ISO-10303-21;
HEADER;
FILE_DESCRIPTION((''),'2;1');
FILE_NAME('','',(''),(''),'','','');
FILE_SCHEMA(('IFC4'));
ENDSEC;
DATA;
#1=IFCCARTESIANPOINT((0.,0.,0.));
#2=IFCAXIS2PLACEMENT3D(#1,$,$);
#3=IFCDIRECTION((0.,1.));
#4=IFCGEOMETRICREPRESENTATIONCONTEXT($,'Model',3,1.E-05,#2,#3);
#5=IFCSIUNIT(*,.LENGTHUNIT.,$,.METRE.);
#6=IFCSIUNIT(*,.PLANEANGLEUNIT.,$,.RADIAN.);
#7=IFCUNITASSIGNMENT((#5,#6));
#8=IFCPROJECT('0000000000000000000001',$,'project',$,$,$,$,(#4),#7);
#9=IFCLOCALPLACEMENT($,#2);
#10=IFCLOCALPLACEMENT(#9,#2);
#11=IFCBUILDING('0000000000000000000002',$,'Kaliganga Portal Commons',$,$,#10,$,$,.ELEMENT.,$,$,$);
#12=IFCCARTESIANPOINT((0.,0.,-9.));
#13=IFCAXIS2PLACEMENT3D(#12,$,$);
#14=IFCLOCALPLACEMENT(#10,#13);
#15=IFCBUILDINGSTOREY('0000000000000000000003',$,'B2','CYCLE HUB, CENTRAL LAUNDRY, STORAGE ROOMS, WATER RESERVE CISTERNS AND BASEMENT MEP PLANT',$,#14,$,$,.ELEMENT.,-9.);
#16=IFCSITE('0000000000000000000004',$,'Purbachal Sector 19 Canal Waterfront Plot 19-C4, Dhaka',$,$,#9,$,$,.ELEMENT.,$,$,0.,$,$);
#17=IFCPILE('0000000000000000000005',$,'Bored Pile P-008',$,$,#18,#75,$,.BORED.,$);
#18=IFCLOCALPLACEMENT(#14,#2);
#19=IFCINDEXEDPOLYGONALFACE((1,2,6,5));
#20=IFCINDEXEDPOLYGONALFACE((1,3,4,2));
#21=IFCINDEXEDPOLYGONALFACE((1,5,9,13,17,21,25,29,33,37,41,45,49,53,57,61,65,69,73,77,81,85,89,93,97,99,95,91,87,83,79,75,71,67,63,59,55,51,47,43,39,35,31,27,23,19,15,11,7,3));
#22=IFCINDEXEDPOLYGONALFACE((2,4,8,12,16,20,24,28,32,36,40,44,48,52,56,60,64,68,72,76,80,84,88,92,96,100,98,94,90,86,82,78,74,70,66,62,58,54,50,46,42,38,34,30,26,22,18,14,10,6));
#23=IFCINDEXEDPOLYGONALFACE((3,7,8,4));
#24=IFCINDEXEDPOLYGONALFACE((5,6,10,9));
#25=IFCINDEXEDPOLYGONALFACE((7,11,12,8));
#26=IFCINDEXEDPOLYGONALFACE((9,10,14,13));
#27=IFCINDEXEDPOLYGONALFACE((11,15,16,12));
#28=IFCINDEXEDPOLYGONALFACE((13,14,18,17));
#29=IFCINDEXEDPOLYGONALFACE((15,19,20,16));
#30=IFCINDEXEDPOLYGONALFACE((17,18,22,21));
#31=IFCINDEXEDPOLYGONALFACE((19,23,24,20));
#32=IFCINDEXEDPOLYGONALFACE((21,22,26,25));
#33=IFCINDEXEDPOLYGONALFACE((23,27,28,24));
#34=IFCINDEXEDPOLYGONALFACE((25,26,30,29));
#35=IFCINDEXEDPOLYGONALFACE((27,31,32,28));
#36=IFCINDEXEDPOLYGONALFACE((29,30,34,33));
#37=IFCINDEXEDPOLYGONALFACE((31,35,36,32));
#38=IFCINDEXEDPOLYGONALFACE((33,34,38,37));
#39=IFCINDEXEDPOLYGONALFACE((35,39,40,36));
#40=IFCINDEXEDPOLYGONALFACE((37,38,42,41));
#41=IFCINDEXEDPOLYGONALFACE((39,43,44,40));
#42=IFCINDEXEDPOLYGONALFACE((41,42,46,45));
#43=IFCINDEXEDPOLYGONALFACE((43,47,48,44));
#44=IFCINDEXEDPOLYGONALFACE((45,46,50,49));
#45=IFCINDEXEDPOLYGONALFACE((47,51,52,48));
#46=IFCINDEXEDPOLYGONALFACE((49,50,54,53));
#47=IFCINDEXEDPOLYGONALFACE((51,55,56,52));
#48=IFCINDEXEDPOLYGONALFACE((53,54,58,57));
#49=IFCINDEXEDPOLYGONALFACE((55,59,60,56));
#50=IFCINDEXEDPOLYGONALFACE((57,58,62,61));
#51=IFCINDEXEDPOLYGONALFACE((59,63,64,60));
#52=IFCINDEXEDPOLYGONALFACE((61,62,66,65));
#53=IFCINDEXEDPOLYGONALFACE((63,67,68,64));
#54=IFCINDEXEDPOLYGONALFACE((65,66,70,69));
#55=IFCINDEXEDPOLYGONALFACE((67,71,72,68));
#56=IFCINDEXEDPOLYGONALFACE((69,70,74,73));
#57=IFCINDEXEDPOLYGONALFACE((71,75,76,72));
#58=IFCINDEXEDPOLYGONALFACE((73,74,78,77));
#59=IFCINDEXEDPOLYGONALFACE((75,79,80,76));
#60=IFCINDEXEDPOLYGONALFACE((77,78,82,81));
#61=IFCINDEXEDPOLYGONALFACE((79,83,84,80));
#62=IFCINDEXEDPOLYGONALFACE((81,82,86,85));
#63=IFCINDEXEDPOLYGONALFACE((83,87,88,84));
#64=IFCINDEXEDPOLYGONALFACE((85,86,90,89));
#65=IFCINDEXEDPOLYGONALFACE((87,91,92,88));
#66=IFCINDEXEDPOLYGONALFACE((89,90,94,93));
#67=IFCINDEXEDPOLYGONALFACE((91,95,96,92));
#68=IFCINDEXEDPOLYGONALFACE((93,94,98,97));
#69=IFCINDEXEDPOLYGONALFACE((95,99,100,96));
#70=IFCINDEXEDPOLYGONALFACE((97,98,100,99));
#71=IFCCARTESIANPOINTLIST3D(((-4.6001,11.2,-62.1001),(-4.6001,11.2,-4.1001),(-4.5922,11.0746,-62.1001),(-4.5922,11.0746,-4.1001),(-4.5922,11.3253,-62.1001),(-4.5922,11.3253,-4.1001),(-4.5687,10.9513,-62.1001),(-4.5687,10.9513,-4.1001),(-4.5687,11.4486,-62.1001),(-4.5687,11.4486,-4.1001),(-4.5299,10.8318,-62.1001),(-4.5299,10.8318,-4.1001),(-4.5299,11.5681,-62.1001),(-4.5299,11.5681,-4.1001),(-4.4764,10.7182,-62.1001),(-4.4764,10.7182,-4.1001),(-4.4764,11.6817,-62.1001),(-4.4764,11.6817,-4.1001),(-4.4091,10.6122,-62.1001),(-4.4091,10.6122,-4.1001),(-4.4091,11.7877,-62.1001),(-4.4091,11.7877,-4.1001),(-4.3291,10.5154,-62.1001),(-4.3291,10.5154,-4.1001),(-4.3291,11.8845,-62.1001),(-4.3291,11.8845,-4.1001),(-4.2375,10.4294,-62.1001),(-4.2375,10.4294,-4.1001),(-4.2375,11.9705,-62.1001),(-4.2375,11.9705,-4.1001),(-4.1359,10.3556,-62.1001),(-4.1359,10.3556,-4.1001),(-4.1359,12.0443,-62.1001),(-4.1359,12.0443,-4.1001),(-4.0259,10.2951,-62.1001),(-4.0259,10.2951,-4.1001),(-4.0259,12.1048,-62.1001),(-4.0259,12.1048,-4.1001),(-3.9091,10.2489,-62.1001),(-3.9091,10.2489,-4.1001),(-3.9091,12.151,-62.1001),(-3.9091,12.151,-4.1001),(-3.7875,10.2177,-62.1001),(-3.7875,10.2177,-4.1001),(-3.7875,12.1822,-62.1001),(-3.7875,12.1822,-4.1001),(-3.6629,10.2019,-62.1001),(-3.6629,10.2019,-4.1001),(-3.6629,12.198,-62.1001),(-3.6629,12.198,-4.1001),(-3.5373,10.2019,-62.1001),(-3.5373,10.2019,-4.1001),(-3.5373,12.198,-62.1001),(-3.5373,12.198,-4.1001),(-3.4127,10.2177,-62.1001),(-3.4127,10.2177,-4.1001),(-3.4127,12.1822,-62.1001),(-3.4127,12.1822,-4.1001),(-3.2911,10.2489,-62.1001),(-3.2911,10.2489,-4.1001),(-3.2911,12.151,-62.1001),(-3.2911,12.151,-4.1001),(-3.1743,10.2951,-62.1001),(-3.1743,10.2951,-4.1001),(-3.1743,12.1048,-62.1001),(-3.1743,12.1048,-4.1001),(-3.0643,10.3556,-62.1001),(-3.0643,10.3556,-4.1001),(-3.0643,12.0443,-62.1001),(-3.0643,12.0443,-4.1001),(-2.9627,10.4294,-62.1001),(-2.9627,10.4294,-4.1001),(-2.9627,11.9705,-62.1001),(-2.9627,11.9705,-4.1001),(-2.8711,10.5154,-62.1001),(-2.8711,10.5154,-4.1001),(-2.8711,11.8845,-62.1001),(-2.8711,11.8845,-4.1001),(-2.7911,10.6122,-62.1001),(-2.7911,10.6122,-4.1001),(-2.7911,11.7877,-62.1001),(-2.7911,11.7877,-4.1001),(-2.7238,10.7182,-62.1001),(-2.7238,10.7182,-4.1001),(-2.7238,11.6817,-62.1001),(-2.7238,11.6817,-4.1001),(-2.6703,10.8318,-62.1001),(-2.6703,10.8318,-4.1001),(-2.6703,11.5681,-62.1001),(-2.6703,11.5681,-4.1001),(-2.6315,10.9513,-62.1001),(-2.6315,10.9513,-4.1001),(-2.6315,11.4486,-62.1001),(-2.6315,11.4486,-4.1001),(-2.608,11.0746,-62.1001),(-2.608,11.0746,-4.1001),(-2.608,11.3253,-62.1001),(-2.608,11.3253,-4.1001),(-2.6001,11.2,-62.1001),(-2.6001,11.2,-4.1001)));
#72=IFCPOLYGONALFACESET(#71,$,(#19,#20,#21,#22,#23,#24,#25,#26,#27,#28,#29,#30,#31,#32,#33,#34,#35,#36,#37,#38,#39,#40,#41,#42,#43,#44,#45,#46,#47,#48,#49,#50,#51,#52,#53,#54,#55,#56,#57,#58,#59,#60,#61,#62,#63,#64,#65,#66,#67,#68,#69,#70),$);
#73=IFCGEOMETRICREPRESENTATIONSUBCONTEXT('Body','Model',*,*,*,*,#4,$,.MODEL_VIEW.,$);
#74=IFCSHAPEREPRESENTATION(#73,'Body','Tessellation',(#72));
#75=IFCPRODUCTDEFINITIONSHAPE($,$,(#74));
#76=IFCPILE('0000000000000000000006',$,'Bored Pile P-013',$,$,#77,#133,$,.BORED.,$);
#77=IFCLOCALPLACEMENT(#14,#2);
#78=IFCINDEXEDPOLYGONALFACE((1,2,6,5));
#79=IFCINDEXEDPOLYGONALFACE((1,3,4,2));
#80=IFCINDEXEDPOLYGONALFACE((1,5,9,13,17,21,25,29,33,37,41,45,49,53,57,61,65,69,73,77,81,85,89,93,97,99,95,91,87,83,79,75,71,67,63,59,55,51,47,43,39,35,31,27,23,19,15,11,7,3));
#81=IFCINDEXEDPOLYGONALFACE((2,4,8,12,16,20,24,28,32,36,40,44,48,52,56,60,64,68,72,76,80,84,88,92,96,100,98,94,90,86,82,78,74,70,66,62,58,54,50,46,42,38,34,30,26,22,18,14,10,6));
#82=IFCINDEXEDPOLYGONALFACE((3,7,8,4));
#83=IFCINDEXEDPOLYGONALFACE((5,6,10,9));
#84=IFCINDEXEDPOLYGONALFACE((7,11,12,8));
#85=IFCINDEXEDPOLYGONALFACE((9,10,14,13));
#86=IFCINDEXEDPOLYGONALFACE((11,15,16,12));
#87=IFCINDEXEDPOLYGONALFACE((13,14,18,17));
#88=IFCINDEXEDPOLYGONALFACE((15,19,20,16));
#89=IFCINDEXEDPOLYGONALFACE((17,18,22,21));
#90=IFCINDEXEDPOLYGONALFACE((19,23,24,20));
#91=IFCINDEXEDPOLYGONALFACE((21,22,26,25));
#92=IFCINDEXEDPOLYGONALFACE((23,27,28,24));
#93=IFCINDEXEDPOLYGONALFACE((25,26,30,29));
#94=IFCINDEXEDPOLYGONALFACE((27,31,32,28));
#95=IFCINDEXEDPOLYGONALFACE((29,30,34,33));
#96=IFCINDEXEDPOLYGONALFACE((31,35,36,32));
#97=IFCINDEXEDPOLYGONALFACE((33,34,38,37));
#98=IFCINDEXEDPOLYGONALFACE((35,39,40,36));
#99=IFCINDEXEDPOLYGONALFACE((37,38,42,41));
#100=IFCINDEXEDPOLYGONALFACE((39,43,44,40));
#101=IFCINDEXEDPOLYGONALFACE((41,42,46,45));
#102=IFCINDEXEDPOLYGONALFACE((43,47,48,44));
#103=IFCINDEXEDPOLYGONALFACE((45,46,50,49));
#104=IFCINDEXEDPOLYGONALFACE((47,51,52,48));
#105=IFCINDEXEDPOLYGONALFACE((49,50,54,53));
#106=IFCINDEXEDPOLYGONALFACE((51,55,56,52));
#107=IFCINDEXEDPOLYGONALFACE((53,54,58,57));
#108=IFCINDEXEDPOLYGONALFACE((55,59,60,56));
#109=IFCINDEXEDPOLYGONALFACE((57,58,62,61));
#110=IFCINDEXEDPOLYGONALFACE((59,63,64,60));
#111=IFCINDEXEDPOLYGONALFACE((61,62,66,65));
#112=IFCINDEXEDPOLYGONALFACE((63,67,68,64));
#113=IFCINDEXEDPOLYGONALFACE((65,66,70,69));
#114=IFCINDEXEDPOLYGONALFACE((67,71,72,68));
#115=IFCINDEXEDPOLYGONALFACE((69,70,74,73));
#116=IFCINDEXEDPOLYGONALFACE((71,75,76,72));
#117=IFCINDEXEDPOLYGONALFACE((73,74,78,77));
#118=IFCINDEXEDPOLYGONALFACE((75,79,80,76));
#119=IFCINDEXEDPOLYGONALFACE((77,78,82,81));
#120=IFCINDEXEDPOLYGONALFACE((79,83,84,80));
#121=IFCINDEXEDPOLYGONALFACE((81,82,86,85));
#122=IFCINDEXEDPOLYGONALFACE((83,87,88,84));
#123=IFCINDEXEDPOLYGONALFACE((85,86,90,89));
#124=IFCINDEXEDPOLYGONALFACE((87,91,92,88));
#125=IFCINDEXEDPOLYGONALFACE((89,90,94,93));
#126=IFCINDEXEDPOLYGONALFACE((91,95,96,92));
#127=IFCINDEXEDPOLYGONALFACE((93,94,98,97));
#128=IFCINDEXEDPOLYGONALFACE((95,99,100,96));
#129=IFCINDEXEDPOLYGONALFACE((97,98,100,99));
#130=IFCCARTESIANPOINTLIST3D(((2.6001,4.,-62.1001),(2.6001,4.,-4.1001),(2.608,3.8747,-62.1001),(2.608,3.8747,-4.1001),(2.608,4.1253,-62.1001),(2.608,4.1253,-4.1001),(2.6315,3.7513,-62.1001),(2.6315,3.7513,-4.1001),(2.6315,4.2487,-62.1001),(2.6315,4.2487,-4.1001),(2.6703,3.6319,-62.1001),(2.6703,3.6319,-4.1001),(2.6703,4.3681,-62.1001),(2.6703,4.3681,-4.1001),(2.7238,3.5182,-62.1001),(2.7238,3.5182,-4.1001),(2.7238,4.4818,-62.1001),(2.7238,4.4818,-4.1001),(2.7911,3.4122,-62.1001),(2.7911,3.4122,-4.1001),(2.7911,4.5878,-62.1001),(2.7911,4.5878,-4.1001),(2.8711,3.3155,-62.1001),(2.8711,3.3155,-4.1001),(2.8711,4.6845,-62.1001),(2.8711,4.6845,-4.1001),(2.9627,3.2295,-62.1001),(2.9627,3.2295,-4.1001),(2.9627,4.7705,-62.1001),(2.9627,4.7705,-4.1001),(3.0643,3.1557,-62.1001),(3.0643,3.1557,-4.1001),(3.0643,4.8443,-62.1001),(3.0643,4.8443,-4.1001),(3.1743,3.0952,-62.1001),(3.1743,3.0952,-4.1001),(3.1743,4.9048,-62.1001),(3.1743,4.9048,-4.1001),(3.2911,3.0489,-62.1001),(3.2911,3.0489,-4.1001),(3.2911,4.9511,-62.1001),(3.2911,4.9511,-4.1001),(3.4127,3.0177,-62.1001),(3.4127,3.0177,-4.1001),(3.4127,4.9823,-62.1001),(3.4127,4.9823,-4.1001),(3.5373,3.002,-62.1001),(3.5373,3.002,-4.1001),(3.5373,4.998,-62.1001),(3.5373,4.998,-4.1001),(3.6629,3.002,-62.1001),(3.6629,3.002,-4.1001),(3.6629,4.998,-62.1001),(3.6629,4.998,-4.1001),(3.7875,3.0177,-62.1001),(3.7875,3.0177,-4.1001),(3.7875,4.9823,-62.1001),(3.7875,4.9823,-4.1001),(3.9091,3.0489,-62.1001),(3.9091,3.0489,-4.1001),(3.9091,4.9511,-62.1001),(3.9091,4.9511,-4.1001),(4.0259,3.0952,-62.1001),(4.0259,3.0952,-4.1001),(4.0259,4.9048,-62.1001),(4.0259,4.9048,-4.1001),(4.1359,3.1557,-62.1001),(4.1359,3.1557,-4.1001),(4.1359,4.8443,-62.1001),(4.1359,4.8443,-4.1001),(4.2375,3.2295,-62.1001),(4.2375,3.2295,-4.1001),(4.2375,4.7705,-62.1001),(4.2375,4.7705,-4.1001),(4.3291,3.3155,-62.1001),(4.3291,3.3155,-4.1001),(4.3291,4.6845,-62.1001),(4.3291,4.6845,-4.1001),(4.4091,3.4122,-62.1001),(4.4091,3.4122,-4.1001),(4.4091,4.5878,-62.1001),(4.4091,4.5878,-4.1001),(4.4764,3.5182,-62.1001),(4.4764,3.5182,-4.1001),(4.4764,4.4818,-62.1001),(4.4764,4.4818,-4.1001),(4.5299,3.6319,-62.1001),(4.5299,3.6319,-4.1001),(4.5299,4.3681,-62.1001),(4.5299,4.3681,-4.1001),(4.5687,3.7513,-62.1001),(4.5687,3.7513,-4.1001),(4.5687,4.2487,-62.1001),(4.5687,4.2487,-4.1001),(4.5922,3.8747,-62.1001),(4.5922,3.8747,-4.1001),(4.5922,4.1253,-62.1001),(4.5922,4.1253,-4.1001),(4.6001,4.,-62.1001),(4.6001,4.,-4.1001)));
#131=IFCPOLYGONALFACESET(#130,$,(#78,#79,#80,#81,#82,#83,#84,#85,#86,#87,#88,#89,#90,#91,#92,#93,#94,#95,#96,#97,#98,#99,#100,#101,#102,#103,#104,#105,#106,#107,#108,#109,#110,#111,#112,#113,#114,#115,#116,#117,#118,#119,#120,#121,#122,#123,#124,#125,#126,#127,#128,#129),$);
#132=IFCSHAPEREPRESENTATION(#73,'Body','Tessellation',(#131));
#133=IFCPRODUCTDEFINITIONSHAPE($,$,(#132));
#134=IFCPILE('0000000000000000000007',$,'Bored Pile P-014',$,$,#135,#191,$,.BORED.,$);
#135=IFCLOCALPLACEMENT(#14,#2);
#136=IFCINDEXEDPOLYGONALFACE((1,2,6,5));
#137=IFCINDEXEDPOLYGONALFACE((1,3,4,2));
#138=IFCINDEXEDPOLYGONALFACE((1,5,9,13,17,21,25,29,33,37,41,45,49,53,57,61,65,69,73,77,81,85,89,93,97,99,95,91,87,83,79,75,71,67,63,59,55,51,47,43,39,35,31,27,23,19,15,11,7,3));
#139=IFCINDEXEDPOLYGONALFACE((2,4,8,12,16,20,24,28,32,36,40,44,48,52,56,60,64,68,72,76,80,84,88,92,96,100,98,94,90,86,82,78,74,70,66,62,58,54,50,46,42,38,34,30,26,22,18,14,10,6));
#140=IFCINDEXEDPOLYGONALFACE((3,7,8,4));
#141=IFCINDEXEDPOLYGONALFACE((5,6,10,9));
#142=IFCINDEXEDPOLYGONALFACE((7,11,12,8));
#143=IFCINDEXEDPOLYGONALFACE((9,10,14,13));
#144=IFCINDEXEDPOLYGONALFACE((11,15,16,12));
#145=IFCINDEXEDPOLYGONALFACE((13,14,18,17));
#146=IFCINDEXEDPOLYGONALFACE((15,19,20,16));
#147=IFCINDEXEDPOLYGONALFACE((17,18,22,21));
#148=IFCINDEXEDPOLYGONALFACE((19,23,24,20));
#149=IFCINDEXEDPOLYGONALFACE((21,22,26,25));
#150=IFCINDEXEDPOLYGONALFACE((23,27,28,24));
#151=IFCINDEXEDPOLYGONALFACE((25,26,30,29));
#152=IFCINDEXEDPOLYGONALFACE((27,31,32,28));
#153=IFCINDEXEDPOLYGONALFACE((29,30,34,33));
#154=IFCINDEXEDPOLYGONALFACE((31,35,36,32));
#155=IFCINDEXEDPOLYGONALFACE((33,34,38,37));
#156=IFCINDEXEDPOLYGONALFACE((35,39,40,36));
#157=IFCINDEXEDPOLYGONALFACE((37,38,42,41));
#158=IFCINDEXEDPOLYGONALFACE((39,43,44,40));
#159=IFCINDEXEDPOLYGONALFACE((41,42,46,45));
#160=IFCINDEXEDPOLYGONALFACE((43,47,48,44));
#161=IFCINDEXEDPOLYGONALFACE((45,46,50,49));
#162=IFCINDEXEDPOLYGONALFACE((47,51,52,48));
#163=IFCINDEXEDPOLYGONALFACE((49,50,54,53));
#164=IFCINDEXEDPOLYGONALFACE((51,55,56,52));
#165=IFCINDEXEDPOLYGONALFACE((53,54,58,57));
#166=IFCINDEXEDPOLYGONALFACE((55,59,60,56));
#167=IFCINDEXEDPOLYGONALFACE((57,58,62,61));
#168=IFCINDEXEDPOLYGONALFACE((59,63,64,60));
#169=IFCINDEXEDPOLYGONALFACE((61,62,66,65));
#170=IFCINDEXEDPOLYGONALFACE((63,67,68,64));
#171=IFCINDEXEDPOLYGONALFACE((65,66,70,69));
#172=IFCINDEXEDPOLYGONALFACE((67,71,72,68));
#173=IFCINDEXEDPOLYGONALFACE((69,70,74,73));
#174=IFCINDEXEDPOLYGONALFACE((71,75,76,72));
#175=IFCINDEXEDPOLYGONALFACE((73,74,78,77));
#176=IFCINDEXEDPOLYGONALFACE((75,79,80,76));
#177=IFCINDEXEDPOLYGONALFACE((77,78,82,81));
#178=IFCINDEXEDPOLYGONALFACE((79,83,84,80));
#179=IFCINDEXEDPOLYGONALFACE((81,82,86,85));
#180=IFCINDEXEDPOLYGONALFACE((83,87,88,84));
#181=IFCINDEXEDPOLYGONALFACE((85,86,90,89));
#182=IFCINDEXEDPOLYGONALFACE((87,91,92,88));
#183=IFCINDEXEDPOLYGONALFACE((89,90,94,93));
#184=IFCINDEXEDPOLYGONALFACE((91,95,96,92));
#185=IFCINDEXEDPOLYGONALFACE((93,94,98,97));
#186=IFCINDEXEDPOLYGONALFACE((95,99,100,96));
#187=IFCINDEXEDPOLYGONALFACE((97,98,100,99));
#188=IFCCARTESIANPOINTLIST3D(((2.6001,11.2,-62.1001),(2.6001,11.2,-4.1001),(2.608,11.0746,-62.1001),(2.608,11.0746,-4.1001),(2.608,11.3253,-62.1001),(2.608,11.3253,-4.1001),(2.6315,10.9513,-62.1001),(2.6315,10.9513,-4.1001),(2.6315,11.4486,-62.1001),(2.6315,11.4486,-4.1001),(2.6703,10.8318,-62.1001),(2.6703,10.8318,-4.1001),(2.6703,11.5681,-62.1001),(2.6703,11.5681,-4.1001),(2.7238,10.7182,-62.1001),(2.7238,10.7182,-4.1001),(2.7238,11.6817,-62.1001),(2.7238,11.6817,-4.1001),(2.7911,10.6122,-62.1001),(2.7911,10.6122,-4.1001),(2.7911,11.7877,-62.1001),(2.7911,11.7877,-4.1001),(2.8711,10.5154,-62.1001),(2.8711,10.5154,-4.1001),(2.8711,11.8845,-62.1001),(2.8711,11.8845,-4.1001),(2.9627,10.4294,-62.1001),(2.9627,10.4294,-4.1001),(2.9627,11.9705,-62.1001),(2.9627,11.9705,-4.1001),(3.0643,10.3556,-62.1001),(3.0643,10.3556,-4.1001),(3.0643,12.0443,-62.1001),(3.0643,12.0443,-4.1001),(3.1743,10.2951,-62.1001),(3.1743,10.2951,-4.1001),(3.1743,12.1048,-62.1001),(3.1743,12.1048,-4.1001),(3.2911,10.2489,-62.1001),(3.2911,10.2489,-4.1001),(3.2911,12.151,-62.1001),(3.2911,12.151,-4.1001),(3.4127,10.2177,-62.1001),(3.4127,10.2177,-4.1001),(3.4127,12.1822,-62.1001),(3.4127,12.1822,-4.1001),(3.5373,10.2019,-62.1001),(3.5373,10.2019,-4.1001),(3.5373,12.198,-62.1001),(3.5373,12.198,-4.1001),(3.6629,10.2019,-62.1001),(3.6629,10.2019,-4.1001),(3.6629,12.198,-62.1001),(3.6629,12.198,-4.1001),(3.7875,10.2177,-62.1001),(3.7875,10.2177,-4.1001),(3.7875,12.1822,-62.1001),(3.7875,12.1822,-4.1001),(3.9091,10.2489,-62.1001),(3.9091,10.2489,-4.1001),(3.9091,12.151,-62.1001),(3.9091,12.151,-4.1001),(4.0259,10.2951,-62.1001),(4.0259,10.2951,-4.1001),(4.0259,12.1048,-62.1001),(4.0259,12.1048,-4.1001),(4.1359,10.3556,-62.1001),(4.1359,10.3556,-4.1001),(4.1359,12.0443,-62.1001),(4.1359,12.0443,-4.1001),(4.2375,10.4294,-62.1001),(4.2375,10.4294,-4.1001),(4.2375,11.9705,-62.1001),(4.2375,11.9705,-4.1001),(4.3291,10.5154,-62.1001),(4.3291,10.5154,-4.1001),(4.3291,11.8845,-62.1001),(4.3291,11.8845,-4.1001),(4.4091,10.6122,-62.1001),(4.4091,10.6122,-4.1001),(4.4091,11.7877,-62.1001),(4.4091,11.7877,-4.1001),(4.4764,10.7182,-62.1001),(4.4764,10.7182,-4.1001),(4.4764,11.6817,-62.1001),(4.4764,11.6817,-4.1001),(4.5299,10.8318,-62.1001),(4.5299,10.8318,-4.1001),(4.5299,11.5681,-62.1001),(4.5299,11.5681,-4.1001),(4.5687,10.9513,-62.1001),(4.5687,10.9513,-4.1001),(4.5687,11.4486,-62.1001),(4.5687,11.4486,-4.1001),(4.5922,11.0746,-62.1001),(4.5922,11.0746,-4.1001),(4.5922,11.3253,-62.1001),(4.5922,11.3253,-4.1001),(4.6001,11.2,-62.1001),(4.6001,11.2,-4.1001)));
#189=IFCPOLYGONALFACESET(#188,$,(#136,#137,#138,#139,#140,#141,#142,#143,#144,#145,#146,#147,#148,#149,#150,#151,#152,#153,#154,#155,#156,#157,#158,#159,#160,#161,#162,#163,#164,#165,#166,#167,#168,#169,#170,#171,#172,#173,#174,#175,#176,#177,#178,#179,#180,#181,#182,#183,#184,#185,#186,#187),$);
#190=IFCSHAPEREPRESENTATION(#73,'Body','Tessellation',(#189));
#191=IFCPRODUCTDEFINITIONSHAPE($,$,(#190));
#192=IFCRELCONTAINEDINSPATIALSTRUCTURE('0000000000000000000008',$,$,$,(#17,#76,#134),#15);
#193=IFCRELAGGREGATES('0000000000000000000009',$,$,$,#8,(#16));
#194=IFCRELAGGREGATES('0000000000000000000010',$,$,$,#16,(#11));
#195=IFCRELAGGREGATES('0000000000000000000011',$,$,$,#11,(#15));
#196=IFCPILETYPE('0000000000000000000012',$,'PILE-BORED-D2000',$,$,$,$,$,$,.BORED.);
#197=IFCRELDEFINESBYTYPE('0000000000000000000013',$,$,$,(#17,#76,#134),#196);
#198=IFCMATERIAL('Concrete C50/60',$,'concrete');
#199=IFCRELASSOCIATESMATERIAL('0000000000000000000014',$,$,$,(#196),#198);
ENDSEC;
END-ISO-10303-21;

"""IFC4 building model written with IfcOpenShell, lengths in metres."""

from ifc_helpers import new_model, si_unit, direction, frame, origin, origin_2d, place, context, subcontext, project, spatial, circle, extrude, material, material_profile, profile_set, type_object, element, save


model = new_model("IFC4")

# Units and contexts
model_context = context("Model", 3, precision=1e-05, world=origin(), true_north=direction((0.0, 1.0)))
body_context = subcontext(model_context, "Body", "Model", "MODEL_VIEW")
ifc_project = project(units=[si_unit("LENGTHUNIT", "METRE"), si_unit("PLANEANGLEUNIT", "RADIAN")], contexts=[model_context])

# Site, building, storey
site_placement = place(None, origin())
site = spatial("IfcSite", under=ifc_project, at=site_placement, Name="Purbachal Sector 19 Canal Waterfront Plot 19-C4, Dhaka", CompositionType="ELEMENT", RefElevation=0.0)
building_placement = place(site_placement, origin())
building = spatial("IfcBuilding", under=site, at=building_placement, Name="Kaliganga Portal Commons", CompositionType="ELEMENT")
storey_placement = place(building_placement, frame((0.0, 0.0, -9.0)))
storey = spatial("IfcBuildingStorey", under=building, at=storey_placement, Name="B2", Description="CYCLE HUB, CENTRAL LAUNDRY, STORAGE ROOMS, WATER RESERVE CISTERNS AND BASEMENT MEP PLANT", CompositionType="ELEMENT", Elevation=-9.0)

# Piles
ifc_material_1 = material(Name="Concrete C50/60", Category="concrete")
ifc_material_profile_1 = material_profile(ifc_material_1, circle(Radius=1.0, at=origin_2d()), Name="PILE D2000")
ifc_profile_set_1 = profile_set([ifc_material_profile_1], Name="Concrete C50/60")
pile_type = type_object("IfcPileType", Name="PILE-BORED-D2000", PredefinedType="BORED", material=ifc_profile_set_1)
for number, where, z_axis, x_axis, name in (
    (1, (-3.6001, 11.2, -4.1001), (0.0, 0.0, -1.0), (1.0, 0.0, 0.0), "Bored Pile P-008"),
    (2, (3.6001, 4.0, -4.1001), (0.0, 0.0, -1.0), (1.0, 0.0, 0.0), "Bored Pile P-013"),
    (3, (3.6001, 11.2, -4.1001), (0.0, 0.0, -1.0), (1.0, 0.0, 0.0), "Bored Pile P-014"),
):
    element("IfcPile", number, at=place(storey_placement, frame(where, z_axis=z_axis, x_axis=x_axis)), inside=storey, type_object=pile_type, Name=name, PredefinedType="BORED", context=body_context, shape_type="SweptSolid", body=[
        extrude(circle(Radius=1.0, at=origin_2d()), origin(), (0.0, 0.0, 1.0), 58.0),
    ])

save(model, "model.ifc")
